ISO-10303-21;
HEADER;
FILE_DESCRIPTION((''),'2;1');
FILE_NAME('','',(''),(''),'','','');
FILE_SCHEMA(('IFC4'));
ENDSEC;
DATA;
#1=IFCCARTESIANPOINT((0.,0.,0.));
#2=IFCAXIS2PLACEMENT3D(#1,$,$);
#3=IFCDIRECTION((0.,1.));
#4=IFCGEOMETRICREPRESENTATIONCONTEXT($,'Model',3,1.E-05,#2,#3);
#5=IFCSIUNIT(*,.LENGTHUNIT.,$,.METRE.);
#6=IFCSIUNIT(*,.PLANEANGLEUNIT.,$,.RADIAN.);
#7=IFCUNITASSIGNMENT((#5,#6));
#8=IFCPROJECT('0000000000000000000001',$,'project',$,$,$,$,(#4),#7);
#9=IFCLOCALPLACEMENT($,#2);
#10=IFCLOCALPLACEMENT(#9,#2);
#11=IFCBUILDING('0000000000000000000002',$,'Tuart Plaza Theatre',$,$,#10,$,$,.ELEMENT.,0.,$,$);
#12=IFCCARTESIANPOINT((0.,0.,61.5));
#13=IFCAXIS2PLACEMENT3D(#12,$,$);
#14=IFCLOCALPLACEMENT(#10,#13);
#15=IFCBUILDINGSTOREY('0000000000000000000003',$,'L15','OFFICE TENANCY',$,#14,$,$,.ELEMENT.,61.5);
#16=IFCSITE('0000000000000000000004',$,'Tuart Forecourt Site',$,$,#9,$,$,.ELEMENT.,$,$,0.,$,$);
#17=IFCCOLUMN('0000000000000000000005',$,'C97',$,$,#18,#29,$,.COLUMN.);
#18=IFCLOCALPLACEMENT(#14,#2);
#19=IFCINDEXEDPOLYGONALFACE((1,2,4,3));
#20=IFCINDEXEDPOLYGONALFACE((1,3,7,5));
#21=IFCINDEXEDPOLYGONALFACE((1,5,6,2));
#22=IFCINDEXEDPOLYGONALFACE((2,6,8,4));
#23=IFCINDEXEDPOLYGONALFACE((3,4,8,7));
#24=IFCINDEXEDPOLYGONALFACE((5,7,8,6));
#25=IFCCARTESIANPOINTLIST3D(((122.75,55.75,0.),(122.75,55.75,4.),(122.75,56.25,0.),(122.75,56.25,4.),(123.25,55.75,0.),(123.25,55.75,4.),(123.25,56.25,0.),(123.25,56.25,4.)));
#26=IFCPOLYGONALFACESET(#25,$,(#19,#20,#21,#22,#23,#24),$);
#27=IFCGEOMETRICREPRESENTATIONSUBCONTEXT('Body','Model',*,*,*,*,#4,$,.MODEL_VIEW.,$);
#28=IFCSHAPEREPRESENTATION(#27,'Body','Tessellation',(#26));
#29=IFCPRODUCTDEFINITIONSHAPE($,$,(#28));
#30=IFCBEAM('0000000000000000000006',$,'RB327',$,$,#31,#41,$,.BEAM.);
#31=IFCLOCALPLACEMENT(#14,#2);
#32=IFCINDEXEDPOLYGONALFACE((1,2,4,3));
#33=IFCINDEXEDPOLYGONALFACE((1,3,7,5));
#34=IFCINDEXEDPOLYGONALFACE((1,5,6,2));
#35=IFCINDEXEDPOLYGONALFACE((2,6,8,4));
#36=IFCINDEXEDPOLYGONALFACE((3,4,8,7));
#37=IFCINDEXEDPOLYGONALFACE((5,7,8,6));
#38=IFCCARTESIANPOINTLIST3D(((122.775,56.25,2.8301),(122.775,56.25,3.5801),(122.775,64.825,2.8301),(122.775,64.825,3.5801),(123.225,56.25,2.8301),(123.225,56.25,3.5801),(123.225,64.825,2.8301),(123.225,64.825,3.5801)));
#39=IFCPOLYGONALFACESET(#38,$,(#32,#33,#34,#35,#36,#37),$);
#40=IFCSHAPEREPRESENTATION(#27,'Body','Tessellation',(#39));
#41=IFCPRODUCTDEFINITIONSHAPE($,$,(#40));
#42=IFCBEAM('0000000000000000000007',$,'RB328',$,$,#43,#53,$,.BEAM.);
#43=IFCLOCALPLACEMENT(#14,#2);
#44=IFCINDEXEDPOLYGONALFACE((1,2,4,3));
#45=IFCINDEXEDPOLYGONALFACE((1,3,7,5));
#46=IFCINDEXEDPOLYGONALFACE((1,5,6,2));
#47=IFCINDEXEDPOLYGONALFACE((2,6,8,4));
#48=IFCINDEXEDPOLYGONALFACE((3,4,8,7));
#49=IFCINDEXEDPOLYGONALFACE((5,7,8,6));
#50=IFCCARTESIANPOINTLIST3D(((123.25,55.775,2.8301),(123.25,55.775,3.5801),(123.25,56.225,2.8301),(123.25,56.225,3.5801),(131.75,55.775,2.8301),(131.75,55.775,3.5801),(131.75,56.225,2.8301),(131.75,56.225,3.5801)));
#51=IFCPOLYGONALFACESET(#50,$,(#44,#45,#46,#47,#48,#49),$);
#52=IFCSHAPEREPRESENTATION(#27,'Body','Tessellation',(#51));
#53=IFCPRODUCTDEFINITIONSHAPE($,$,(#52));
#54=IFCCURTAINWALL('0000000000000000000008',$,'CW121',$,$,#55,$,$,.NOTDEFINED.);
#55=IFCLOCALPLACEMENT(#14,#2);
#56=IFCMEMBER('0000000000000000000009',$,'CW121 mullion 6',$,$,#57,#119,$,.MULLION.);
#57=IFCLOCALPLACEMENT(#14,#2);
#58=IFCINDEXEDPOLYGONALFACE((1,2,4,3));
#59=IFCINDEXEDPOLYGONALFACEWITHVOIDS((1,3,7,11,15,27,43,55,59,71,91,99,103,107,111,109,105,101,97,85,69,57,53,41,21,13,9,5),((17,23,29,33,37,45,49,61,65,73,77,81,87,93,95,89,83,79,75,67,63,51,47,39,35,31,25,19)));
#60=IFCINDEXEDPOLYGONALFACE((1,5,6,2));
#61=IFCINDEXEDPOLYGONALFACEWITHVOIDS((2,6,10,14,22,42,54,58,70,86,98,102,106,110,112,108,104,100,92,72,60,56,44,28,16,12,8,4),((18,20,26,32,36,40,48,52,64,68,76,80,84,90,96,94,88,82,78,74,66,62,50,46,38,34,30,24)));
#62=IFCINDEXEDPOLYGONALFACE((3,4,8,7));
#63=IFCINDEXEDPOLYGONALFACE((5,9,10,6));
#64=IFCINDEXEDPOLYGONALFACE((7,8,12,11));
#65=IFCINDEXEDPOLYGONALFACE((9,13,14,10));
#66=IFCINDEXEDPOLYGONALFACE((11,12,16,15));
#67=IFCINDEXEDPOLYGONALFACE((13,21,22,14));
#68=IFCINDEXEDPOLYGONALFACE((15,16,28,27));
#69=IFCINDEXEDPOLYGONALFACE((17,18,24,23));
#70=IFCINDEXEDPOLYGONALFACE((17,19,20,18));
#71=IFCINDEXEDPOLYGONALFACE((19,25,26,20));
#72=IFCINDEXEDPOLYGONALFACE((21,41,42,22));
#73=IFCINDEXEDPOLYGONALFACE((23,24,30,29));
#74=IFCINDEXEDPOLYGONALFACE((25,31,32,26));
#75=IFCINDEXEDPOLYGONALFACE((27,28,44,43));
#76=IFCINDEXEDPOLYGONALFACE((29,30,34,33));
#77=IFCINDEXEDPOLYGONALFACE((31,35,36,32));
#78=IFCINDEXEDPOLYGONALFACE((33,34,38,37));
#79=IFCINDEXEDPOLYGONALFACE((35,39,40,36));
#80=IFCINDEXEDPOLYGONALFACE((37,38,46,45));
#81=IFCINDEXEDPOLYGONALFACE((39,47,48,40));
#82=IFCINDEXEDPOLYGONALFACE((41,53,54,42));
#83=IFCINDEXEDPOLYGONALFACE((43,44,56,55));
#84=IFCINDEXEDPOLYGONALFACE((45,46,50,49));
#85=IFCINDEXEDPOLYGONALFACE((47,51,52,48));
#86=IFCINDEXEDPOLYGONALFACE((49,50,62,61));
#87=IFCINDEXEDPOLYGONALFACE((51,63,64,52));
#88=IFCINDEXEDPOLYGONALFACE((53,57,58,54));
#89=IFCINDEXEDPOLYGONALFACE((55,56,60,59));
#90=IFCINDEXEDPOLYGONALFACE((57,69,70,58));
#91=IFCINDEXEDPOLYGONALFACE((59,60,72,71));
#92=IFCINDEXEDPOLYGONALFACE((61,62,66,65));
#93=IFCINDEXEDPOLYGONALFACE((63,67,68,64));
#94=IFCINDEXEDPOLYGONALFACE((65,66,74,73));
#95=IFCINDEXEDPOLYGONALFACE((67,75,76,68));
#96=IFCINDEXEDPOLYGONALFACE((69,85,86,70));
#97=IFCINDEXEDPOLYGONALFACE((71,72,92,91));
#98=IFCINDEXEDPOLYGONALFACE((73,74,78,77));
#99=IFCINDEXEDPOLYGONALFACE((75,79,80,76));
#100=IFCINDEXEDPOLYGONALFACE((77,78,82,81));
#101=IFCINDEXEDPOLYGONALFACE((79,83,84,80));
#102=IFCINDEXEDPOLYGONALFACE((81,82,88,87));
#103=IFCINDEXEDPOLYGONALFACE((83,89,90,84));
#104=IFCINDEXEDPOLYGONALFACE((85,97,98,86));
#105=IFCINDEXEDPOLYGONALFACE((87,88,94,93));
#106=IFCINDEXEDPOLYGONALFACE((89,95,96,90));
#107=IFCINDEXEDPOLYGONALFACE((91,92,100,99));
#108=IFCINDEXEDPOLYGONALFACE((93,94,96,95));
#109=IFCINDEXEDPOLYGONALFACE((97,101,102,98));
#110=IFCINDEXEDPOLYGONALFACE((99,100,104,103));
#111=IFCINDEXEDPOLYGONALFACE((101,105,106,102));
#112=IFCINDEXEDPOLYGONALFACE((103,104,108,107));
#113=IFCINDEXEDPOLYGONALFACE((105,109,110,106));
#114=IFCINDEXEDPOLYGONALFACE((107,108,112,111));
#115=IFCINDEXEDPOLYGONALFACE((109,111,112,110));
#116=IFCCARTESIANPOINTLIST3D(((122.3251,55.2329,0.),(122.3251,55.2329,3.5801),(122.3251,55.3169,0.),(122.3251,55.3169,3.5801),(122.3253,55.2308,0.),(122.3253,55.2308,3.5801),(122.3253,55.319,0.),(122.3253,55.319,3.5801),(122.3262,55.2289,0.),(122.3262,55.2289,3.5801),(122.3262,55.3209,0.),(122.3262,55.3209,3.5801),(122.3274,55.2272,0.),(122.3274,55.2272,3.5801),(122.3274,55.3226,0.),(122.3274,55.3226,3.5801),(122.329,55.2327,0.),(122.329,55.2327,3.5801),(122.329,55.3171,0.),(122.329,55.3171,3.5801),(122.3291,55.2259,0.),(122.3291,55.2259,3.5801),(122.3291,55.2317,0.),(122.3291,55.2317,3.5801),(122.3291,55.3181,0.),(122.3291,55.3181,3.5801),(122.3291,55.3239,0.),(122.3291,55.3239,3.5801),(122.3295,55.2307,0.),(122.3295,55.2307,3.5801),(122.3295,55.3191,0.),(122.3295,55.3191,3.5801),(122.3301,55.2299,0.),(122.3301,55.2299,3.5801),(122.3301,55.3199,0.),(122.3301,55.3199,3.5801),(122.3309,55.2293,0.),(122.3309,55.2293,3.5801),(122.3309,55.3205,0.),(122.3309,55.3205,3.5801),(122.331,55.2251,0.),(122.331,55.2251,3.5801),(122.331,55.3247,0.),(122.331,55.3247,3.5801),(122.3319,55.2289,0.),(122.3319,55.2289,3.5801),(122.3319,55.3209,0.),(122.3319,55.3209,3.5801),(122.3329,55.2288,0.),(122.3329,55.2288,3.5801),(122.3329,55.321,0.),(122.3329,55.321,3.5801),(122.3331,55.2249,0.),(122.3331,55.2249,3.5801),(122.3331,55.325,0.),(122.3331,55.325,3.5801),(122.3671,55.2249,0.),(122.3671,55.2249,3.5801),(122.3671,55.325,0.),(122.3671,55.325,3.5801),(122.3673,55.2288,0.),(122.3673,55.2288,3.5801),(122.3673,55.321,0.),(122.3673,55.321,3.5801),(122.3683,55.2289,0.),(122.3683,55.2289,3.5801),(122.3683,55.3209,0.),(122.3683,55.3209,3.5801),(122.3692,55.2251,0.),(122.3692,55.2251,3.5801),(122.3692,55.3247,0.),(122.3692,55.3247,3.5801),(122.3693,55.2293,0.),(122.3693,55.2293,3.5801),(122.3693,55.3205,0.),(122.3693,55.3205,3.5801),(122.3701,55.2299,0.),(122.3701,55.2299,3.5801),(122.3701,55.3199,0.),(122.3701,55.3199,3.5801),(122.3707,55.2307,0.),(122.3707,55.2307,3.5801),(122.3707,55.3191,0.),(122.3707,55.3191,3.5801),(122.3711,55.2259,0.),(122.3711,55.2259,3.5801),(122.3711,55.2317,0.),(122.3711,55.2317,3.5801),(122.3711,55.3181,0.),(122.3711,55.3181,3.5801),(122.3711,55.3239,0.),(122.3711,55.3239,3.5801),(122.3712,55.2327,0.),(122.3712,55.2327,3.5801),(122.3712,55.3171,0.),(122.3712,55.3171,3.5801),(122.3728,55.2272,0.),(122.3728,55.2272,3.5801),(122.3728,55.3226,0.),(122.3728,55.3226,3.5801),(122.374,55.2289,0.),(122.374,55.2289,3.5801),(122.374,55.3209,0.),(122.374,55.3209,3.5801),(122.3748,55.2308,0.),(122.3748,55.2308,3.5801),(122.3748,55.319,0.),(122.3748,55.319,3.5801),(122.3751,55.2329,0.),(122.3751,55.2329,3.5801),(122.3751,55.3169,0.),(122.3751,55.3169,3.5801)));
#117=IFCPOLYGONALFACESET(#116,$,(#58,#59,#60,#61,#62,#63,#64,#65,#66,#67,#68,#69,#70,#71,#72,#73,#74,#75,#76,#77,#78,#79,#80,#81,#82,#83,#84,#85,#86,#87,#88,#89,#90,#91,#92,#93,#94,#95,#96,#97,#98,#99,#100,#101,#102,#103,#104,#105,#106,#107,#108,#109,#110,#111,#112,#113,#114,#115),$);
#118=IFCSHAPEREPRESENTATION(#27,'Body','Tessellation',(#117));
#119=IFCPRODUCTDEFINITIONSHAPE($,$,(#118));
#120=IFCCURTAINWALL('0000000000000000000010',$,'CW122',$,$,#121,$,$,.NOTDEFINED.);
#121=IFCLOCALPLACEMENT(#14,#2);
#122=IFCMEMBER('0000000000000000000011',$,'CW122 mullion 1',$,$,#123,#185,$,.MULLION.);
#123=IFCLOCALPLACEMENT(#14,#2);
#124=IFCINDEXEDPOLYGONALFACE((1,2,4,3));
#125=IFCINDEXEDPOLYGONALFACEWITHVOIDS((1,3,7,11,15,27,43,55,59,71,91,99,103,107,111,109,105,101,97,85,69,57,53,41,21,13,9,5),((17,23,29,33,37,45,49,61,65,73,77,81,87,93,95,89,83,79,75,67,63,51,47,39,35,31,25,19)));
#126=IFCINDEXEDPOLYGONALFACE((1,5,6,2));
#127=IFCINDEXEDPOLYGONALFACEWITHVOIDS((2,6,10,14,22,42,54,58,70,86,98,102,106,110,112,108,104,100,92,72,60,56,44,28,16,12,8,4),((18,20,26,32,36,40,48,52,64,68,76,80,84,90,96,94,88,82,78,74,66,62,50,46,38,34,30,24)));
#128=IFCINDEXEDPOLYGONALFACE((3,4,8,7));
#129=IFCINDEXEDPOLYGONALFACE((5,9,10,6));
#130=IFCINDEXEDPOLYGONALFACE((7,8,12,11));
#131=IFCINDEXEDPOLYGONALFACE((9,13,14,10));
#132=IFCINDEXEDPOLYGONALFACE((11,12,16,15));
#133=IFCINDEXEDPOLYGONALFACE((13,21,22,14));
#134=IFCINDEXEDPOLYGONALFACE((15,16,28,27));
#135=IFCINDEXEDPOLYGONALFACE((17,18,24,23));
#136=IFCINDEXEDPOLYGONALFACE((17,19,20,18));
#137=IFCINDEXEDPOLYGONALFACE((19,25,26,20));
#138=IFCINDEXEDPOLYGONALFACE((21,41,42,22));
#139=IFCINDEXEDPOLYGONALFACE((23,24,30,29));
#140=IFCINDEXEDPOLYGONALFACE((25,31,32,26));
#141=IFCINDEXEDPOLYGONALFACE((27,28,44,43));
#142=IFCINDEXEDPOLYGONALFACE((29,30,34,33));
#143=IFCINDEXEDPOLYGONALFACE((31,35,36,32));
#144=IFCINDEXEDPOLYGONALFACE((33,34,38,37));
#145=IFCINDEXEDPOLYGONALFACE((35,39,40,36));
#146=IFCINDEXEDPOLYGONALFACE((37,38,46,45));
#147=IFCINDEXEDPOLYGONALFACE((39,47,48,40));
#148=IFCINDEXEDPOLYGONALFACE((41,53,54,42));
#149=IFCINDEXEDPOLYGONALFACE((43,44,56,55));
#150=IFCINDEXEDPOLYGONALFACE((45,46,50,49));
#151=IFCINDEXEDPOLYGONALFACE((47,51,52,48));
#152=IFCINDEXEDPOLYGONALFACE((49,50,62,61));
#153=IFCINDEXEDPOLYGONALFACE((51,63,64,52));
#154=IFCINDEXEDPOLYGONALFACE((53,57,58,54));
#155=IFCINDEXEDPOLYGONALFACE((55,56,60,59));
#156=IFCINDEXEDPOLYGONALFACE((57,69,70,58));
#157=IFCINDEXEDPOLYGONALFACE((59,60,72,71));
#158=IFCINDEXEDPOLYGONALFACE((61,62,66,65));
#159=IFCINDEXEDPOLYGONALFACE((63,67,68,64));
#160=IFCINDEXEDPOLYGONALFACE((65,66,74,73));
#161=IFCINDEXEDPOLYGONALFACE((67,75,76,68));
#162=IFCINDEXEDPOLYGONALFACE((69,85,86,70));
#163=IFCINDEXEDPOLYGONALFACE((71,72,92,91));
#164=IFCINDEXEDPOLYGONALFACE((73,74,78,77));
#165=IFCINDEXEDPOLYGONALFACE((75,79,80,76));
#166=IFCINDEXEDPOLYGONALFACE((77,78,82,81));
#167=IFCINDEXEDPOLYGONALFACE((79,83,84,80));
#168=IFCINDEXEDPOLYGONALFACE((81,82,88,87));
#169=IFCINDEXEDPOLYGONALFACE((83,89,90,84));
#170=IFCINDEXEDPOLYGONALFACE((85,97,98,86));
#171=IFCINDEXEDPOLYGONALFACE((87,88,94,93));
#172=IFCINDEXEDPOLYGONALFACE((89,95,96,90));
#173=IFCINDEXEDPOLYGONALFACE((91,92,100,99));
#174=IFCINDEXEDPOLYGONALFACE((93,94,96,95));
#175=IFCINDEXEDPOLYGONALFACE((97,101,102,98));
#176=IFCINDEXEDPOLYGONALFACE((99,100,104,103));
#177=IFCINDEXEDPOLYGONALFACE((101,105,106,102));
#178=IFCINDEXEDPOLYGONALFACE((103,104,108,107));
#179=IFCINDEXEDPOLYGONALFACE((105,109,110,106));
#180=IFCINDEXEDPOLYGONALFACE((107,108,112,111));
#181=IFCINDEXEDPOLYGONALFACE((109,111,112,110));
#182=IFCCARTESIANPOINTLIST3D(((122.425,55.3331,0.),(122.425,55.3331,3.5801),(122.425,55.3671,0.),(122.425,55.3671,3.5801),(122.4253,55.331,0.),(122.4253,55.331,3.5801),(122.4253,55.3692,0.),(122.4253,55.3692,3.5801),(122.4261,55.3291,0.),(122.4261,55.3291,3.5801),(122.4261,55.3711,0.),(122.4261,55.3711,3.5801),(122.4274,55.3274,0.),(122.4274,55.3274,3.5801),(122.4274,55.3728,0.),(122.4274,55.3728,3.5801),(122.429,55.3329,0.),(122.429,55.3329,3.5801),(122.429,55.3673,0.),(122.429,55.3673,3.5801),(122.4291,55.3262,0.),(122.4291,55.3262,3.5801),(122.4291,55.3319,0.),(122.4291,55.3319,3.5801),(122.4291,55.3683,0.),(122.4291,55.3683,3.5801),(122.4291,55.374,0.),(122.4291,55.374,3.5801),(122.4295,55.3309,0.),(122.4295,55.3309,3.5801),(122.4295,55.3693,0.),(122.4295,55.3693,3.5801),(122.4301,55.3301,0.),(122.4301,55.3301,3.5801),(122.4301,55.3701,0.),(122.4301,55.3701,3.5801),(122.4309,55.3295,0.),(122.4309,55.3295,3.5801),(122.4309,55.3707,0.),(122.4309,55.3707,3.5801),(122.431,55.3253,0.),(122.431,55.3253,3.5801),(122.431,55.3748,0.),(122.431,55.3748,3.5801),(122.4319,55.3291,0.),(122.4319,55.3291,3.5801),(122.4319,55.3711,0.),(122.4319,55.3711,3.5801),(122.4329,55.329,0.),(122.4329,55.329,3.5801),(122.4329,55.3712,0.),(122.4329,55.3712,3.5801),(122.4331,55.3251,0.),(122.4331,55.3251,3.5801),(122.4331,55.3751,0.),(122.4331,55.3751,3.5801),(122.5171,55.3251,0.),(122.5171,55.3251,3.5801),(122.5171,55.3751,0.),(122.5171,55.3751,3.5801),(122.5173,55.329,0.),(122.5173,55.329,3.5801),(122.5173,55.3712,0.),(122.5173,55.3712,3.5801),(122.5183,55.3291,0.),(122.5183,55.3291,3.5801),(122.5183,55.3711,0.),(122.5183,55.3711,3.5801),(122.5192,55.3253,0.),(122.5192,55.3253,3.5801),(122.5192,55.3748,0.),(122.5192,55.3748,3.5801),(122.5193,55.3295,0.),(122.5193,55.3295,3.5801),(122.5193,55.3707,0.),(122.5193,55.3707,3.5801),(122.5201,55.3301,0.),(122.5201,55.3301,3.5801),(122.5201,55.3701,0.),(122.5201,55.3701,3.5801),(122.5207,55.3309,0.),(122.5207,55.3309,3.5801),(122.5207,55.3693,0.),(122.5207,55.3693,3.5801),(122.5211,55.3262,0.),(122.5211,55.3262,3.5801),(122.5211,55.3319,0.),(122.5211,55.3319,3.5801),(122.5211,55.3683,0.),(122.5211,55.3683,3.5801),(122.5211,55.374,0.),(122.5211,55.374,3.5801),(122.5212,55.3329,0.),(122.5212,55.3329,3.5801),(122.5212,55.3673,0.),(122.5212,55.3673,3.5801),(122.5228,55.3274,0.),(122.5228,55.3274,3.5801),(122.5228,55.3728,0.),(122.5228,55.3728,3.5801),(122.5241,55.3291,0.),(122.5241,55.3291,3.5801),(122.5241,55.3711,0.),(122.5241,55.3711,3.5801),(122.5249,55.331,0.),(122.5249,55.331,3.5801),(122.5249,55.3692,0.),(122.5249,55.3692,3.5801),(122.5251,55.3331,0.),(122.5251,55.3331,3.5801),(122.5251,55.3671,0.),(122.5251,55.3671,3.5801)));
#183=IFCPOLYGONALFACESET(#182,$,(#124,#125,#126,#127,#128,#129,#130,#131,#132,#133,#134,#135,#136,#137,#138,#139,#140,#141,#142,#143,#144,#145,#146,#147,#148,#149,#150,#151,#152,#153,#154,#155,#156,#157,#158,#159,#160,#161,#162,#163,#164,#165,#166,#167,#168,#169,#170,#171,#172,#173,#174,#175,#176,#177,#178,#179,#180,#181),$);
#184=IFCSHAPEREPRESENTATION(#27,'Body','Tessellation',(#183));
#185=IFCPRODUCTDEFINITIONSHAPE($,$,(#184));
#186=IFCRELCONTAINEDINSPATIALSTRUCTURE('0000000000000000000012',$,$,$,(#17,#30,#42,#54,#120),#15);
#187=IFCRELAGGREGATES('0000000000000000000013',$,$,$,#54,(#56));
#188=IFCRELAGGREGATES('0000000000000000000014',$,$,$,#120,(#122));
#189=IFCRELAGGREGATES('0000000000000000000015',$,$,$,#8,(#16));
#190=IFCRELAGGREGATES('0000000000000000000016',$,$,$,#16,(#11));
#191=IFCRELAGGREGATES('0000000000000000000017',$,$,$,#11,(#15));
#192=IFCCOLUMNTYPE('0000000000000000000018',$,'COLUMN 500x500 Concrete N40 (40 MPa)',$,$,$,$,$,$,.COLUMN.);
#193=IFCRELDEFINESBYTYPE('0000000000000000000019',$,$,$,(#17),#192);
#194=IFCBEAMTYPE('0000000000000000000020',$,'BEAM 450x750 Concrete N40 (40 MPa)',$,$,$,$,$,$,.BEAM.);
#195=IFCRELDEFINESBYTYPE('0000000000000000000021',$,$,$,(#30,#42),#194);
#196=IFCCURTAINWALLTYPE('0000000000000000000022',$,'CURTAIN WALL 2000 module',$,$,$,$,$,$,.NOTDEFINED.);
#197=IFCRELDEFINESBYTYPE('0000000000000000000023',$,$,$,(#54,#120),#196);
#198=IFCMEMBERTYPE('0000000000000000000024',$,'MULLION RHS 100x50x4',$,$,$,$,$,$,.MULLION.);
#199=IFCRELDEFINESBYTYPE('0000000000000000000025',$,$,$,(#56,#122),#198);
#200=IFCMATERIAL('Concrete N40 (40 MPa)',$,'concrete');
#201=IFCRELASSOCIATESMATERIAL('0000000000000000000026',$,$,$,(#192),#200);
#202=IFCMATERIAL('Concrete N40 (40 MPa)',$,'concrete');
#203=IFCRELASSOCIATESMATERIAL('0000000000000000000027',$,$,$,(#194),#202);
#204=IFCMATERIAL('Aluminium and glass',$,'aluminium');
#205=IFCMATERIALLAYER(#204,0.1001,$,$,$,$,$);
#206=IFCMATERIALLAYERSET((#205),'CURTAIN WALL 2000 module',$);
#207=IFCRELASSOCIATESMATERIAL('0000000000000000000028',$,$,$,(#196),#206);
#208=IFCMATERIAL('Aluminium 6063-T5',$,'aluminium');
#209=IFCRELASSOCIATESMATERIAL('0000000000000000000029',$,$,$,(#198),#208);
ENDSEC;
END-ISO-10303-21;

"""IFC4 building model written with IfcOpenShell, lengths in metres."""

from ifc_helpers import new_model, si_unit, direction, frame, origin, origin_2d, place, context, subcontext, project, spatial, rectangle, hollow_rectangle, extrude, material, layer, layer_set, material_profile, profile_set, type_object, element, aggregate, save


model = new_model("IFC4")

# Units and contexts
model_context = context("Model", 3, precision=1e-05, world=origin(), true_north=direction((0.0, 1.0)))
body_context = subcontext(model_context, "Body", "Model", "MODEL_VIEW")
ifc_project = project(units=[si_unit("LENGTHUNIT", "METRE"), si_unit("PLANEANGLEUNIT", "RADIAN")], contexts=[model_context])

# Site, building, storey
site_placement = place(None, origin())
site = spatial("IfcSite", under=ifc_project, at=site_placement, Name="Tuart Forecourt Site", CompositionType="ELEMENT", RefElevation=0.0)
building_placement = place(site_placement, origin())
building = spatial("IfcBuilding", under=site, at=building_placement, Name="Tuart Plaza Theatre", CompositionType="ELEMENT", ElevationOfRefHeight=0.0)
storey_placement = place(building_placement, frame((0.0, 0.0, 61.5)))
storey = spatial("IfcBuildingStorey", under=building, at=storey_placement, Name="L15", Description="OFFICE TENANCY", CompositionType="ELEMENT", Elevation=61.5)

# Column
ifc_material_1 = material(Name="Concrete N40 (40 MPa)", Category="concrete")
ifc_material_profile_1 = material_profile(ifc_material_1, rectangle(XDim=0.5, YDim=0.5, at=origin_2d()), Name="COLUMN 500x500 Concrete N40 (40 MPa)")
ifc_profile_set_1 = profile_set([ifc_material_profile_1], Name="Concrete N40 (40 MPa)")
column_type = type_object("IfcColumnType", Name="COLUMN 500x500 Concrete N40 (40 MPa)", PredefinedType="COLUMN", material=ifc_profile_set_1)
column_placement = place(storey_placement, frame((123.0, 56.0, 0.0), z_axis=(0.0, 0.0, 1.0), x_axis=(1.0, 0.0, 0.0)))
element("IfcColumn", 1, at=column_placement, inside=storey, type_object=column_type, Name="C97", PredefinedType="COLUMN", context=body_context, shape_type="SweptSolid", body=[
    extrude(rectangle(XDim=0.5, YDim=0.5, at=origin_2d()), origin(), (0.0, 0.0, 1.0), 4.0),
])

# Beams
ifc_material_2 = material(Name="Concrete N40 (40 MPa)", Category="concrete")
ifc_material_profile_2 = material_profile(ifc_material_2, rectangle(XDim=0.45, YDim=0.75, at=origin_2d()), Name="BEAM 450x750 Concrete N40 (40 MPa)")
ifc_profile_set_2 = profile_set([ifc_material_profile_2], Name="Concrete N40 (40 MPa)")
beam_type = type_object("IfcBeamType", Name="BEAM 450x750 Concrete N40 (40 MPa)", PredefinedType="BEAM", material=ifc_profile_set_2)
beam_1_placement = place(storey_placement, frame((123.0, 56.25, 3.2051), z_axis=(0.0, 1.0, 0.0), x_axis=(-1.0, 0.0, 0.0)))
element("IfcBeam", 2, at=beam_1_placement, inside=storey, type_object=beam_type, Name="RB327", PredefinedType="BEAM", context=body_context, shape_type="SweptSolid", body=[
    extrude(rectangle(XDim=0.45, YDim=0.75, at=origin_2d()), origin(), (0.0, 0.0, 1.0), 8.575),
])
beam_2_placement = place(storey_placement, frame((123.25, 56.0, 3.2051), z_axis=(1.0, 0.0, 0.0), x_axis=(0.0, 1.0, 0.0)))
element("IfcBeam", 3, at=beam_2_placement, inside=storey, type_object=beam_type, Name="RB328", PredefinedType="BEAM", context=body_context, shape_type="SweptSolid", body=[
    extrude(rectangle(XDim=0.45, YDim=0.75, at=origin_2d()), origin(), (0.0, 0.0, 1.0), 8.5),
])

# Curtain wall, member
ifc_material_3 = material(Name="Aluminium and glass", Category="aluminium")
ifc_layer_1 = layer(ifc_material_3, 0.1001)
ifc_layer_set_1 = layer_set([ifc_layer_1], Name="CURTAIN WALL 2000 module")
curtain_wall_type = type_object("IfcCurtainWallType", Name="CURTAIN WALL 2000 module", PredefinedType="NOTDEFINED", material=ifc_layer_set_1)
curtain_wall_1_placement = place(storey_placement, origin())
curtain_wall_1 = element("IfcCurtainWall", 4, at=curtain_wall_1_placement, inside=storey, type_object=curtain_wall_type, Name="CW121", PredefinedType="NOTDEFINED")
ifc_material_4 = material(Name="Aluminium 6063-T5", Category="aluminium")
ifc_material_profile_3 = material_profile(ifc_material_4, hollow_rectangle(XDim=0.05, YDim=0.1001, WallThickness=0.0039, InnerFilletRadius=0.0039, OuterFilletRadius=0.0081, at=origin_2d()), Name="RHS 100x50x4")
ifc_profile_set_3 = profile_set([ifc_material_profile_3], Name="Aluminium 6063-T5")
member_type_1 = type_object("IfcMemberType", Name="MULLION RHS 100x50x4", PredefinedType="MULLION", material=ifc_profile_set_3)
member_1_placement = place(storey_placement, frame((122.3501, 55.2749, 0.0), z_axis=(0.0, 0.0, 1.0), x_axis=(1.0, 0.0, 0.0)))
member_1 = element("IfcMember", 5, at=member_1_placement, type_object=member_type_1, Name="CW121 mullion 6", PredefinedType="MULLION", context=body_context, shape_type="SweptSolid", body=[
    extrude(hollow_rectangle(XDim=0.05, YDim=0.1001, WallThickness=0.0039, InnerFilletRadius=0.0039, OuterFilletRadius=0.0081, at=origin_2d()), origin(), (0.0, 0.0, 1.0), 3.5801),
])

# Curtain wall, member
curtain_wall_2_placement = place(storey_placement, origin())
curtain_wall_2 = element("IfcCurtainWall", 6, at=curtain_wall_2_placement, inside=storey, type_object=curtain_wall_type, Name="CW122", PredefinedType="NOTDEFINED")
member_2_placement = place(storey_placement, frame((122.4751, 55.3501, 0.0), z_axis=(0.0, 0.0, 1.0), x_axis=(0.0, 1.0, 0.0)))
member_2 = element("IfcMember", 7, at=member_2_placement, type_object=member_type_1, Name="CW122 mullion 1", PredefinedType="MULLION", context=body_context, shape_type="SweptSolid", body=[
    extrude(hollow_rectangle(XDim=0.05, YDim=0.1001, WallThickness=0.0039, InnerFilletRadius=0.0039, OuterFilletRadius=0.0081, at=origin_2d()), origin(), (0.0, 0.0, 1.0), 3.5801),
])

aggregate(curtain_wall_1, [member_1])
aggregate(curtain_wall_2, [member_2])

save(model, "model.ifc")
